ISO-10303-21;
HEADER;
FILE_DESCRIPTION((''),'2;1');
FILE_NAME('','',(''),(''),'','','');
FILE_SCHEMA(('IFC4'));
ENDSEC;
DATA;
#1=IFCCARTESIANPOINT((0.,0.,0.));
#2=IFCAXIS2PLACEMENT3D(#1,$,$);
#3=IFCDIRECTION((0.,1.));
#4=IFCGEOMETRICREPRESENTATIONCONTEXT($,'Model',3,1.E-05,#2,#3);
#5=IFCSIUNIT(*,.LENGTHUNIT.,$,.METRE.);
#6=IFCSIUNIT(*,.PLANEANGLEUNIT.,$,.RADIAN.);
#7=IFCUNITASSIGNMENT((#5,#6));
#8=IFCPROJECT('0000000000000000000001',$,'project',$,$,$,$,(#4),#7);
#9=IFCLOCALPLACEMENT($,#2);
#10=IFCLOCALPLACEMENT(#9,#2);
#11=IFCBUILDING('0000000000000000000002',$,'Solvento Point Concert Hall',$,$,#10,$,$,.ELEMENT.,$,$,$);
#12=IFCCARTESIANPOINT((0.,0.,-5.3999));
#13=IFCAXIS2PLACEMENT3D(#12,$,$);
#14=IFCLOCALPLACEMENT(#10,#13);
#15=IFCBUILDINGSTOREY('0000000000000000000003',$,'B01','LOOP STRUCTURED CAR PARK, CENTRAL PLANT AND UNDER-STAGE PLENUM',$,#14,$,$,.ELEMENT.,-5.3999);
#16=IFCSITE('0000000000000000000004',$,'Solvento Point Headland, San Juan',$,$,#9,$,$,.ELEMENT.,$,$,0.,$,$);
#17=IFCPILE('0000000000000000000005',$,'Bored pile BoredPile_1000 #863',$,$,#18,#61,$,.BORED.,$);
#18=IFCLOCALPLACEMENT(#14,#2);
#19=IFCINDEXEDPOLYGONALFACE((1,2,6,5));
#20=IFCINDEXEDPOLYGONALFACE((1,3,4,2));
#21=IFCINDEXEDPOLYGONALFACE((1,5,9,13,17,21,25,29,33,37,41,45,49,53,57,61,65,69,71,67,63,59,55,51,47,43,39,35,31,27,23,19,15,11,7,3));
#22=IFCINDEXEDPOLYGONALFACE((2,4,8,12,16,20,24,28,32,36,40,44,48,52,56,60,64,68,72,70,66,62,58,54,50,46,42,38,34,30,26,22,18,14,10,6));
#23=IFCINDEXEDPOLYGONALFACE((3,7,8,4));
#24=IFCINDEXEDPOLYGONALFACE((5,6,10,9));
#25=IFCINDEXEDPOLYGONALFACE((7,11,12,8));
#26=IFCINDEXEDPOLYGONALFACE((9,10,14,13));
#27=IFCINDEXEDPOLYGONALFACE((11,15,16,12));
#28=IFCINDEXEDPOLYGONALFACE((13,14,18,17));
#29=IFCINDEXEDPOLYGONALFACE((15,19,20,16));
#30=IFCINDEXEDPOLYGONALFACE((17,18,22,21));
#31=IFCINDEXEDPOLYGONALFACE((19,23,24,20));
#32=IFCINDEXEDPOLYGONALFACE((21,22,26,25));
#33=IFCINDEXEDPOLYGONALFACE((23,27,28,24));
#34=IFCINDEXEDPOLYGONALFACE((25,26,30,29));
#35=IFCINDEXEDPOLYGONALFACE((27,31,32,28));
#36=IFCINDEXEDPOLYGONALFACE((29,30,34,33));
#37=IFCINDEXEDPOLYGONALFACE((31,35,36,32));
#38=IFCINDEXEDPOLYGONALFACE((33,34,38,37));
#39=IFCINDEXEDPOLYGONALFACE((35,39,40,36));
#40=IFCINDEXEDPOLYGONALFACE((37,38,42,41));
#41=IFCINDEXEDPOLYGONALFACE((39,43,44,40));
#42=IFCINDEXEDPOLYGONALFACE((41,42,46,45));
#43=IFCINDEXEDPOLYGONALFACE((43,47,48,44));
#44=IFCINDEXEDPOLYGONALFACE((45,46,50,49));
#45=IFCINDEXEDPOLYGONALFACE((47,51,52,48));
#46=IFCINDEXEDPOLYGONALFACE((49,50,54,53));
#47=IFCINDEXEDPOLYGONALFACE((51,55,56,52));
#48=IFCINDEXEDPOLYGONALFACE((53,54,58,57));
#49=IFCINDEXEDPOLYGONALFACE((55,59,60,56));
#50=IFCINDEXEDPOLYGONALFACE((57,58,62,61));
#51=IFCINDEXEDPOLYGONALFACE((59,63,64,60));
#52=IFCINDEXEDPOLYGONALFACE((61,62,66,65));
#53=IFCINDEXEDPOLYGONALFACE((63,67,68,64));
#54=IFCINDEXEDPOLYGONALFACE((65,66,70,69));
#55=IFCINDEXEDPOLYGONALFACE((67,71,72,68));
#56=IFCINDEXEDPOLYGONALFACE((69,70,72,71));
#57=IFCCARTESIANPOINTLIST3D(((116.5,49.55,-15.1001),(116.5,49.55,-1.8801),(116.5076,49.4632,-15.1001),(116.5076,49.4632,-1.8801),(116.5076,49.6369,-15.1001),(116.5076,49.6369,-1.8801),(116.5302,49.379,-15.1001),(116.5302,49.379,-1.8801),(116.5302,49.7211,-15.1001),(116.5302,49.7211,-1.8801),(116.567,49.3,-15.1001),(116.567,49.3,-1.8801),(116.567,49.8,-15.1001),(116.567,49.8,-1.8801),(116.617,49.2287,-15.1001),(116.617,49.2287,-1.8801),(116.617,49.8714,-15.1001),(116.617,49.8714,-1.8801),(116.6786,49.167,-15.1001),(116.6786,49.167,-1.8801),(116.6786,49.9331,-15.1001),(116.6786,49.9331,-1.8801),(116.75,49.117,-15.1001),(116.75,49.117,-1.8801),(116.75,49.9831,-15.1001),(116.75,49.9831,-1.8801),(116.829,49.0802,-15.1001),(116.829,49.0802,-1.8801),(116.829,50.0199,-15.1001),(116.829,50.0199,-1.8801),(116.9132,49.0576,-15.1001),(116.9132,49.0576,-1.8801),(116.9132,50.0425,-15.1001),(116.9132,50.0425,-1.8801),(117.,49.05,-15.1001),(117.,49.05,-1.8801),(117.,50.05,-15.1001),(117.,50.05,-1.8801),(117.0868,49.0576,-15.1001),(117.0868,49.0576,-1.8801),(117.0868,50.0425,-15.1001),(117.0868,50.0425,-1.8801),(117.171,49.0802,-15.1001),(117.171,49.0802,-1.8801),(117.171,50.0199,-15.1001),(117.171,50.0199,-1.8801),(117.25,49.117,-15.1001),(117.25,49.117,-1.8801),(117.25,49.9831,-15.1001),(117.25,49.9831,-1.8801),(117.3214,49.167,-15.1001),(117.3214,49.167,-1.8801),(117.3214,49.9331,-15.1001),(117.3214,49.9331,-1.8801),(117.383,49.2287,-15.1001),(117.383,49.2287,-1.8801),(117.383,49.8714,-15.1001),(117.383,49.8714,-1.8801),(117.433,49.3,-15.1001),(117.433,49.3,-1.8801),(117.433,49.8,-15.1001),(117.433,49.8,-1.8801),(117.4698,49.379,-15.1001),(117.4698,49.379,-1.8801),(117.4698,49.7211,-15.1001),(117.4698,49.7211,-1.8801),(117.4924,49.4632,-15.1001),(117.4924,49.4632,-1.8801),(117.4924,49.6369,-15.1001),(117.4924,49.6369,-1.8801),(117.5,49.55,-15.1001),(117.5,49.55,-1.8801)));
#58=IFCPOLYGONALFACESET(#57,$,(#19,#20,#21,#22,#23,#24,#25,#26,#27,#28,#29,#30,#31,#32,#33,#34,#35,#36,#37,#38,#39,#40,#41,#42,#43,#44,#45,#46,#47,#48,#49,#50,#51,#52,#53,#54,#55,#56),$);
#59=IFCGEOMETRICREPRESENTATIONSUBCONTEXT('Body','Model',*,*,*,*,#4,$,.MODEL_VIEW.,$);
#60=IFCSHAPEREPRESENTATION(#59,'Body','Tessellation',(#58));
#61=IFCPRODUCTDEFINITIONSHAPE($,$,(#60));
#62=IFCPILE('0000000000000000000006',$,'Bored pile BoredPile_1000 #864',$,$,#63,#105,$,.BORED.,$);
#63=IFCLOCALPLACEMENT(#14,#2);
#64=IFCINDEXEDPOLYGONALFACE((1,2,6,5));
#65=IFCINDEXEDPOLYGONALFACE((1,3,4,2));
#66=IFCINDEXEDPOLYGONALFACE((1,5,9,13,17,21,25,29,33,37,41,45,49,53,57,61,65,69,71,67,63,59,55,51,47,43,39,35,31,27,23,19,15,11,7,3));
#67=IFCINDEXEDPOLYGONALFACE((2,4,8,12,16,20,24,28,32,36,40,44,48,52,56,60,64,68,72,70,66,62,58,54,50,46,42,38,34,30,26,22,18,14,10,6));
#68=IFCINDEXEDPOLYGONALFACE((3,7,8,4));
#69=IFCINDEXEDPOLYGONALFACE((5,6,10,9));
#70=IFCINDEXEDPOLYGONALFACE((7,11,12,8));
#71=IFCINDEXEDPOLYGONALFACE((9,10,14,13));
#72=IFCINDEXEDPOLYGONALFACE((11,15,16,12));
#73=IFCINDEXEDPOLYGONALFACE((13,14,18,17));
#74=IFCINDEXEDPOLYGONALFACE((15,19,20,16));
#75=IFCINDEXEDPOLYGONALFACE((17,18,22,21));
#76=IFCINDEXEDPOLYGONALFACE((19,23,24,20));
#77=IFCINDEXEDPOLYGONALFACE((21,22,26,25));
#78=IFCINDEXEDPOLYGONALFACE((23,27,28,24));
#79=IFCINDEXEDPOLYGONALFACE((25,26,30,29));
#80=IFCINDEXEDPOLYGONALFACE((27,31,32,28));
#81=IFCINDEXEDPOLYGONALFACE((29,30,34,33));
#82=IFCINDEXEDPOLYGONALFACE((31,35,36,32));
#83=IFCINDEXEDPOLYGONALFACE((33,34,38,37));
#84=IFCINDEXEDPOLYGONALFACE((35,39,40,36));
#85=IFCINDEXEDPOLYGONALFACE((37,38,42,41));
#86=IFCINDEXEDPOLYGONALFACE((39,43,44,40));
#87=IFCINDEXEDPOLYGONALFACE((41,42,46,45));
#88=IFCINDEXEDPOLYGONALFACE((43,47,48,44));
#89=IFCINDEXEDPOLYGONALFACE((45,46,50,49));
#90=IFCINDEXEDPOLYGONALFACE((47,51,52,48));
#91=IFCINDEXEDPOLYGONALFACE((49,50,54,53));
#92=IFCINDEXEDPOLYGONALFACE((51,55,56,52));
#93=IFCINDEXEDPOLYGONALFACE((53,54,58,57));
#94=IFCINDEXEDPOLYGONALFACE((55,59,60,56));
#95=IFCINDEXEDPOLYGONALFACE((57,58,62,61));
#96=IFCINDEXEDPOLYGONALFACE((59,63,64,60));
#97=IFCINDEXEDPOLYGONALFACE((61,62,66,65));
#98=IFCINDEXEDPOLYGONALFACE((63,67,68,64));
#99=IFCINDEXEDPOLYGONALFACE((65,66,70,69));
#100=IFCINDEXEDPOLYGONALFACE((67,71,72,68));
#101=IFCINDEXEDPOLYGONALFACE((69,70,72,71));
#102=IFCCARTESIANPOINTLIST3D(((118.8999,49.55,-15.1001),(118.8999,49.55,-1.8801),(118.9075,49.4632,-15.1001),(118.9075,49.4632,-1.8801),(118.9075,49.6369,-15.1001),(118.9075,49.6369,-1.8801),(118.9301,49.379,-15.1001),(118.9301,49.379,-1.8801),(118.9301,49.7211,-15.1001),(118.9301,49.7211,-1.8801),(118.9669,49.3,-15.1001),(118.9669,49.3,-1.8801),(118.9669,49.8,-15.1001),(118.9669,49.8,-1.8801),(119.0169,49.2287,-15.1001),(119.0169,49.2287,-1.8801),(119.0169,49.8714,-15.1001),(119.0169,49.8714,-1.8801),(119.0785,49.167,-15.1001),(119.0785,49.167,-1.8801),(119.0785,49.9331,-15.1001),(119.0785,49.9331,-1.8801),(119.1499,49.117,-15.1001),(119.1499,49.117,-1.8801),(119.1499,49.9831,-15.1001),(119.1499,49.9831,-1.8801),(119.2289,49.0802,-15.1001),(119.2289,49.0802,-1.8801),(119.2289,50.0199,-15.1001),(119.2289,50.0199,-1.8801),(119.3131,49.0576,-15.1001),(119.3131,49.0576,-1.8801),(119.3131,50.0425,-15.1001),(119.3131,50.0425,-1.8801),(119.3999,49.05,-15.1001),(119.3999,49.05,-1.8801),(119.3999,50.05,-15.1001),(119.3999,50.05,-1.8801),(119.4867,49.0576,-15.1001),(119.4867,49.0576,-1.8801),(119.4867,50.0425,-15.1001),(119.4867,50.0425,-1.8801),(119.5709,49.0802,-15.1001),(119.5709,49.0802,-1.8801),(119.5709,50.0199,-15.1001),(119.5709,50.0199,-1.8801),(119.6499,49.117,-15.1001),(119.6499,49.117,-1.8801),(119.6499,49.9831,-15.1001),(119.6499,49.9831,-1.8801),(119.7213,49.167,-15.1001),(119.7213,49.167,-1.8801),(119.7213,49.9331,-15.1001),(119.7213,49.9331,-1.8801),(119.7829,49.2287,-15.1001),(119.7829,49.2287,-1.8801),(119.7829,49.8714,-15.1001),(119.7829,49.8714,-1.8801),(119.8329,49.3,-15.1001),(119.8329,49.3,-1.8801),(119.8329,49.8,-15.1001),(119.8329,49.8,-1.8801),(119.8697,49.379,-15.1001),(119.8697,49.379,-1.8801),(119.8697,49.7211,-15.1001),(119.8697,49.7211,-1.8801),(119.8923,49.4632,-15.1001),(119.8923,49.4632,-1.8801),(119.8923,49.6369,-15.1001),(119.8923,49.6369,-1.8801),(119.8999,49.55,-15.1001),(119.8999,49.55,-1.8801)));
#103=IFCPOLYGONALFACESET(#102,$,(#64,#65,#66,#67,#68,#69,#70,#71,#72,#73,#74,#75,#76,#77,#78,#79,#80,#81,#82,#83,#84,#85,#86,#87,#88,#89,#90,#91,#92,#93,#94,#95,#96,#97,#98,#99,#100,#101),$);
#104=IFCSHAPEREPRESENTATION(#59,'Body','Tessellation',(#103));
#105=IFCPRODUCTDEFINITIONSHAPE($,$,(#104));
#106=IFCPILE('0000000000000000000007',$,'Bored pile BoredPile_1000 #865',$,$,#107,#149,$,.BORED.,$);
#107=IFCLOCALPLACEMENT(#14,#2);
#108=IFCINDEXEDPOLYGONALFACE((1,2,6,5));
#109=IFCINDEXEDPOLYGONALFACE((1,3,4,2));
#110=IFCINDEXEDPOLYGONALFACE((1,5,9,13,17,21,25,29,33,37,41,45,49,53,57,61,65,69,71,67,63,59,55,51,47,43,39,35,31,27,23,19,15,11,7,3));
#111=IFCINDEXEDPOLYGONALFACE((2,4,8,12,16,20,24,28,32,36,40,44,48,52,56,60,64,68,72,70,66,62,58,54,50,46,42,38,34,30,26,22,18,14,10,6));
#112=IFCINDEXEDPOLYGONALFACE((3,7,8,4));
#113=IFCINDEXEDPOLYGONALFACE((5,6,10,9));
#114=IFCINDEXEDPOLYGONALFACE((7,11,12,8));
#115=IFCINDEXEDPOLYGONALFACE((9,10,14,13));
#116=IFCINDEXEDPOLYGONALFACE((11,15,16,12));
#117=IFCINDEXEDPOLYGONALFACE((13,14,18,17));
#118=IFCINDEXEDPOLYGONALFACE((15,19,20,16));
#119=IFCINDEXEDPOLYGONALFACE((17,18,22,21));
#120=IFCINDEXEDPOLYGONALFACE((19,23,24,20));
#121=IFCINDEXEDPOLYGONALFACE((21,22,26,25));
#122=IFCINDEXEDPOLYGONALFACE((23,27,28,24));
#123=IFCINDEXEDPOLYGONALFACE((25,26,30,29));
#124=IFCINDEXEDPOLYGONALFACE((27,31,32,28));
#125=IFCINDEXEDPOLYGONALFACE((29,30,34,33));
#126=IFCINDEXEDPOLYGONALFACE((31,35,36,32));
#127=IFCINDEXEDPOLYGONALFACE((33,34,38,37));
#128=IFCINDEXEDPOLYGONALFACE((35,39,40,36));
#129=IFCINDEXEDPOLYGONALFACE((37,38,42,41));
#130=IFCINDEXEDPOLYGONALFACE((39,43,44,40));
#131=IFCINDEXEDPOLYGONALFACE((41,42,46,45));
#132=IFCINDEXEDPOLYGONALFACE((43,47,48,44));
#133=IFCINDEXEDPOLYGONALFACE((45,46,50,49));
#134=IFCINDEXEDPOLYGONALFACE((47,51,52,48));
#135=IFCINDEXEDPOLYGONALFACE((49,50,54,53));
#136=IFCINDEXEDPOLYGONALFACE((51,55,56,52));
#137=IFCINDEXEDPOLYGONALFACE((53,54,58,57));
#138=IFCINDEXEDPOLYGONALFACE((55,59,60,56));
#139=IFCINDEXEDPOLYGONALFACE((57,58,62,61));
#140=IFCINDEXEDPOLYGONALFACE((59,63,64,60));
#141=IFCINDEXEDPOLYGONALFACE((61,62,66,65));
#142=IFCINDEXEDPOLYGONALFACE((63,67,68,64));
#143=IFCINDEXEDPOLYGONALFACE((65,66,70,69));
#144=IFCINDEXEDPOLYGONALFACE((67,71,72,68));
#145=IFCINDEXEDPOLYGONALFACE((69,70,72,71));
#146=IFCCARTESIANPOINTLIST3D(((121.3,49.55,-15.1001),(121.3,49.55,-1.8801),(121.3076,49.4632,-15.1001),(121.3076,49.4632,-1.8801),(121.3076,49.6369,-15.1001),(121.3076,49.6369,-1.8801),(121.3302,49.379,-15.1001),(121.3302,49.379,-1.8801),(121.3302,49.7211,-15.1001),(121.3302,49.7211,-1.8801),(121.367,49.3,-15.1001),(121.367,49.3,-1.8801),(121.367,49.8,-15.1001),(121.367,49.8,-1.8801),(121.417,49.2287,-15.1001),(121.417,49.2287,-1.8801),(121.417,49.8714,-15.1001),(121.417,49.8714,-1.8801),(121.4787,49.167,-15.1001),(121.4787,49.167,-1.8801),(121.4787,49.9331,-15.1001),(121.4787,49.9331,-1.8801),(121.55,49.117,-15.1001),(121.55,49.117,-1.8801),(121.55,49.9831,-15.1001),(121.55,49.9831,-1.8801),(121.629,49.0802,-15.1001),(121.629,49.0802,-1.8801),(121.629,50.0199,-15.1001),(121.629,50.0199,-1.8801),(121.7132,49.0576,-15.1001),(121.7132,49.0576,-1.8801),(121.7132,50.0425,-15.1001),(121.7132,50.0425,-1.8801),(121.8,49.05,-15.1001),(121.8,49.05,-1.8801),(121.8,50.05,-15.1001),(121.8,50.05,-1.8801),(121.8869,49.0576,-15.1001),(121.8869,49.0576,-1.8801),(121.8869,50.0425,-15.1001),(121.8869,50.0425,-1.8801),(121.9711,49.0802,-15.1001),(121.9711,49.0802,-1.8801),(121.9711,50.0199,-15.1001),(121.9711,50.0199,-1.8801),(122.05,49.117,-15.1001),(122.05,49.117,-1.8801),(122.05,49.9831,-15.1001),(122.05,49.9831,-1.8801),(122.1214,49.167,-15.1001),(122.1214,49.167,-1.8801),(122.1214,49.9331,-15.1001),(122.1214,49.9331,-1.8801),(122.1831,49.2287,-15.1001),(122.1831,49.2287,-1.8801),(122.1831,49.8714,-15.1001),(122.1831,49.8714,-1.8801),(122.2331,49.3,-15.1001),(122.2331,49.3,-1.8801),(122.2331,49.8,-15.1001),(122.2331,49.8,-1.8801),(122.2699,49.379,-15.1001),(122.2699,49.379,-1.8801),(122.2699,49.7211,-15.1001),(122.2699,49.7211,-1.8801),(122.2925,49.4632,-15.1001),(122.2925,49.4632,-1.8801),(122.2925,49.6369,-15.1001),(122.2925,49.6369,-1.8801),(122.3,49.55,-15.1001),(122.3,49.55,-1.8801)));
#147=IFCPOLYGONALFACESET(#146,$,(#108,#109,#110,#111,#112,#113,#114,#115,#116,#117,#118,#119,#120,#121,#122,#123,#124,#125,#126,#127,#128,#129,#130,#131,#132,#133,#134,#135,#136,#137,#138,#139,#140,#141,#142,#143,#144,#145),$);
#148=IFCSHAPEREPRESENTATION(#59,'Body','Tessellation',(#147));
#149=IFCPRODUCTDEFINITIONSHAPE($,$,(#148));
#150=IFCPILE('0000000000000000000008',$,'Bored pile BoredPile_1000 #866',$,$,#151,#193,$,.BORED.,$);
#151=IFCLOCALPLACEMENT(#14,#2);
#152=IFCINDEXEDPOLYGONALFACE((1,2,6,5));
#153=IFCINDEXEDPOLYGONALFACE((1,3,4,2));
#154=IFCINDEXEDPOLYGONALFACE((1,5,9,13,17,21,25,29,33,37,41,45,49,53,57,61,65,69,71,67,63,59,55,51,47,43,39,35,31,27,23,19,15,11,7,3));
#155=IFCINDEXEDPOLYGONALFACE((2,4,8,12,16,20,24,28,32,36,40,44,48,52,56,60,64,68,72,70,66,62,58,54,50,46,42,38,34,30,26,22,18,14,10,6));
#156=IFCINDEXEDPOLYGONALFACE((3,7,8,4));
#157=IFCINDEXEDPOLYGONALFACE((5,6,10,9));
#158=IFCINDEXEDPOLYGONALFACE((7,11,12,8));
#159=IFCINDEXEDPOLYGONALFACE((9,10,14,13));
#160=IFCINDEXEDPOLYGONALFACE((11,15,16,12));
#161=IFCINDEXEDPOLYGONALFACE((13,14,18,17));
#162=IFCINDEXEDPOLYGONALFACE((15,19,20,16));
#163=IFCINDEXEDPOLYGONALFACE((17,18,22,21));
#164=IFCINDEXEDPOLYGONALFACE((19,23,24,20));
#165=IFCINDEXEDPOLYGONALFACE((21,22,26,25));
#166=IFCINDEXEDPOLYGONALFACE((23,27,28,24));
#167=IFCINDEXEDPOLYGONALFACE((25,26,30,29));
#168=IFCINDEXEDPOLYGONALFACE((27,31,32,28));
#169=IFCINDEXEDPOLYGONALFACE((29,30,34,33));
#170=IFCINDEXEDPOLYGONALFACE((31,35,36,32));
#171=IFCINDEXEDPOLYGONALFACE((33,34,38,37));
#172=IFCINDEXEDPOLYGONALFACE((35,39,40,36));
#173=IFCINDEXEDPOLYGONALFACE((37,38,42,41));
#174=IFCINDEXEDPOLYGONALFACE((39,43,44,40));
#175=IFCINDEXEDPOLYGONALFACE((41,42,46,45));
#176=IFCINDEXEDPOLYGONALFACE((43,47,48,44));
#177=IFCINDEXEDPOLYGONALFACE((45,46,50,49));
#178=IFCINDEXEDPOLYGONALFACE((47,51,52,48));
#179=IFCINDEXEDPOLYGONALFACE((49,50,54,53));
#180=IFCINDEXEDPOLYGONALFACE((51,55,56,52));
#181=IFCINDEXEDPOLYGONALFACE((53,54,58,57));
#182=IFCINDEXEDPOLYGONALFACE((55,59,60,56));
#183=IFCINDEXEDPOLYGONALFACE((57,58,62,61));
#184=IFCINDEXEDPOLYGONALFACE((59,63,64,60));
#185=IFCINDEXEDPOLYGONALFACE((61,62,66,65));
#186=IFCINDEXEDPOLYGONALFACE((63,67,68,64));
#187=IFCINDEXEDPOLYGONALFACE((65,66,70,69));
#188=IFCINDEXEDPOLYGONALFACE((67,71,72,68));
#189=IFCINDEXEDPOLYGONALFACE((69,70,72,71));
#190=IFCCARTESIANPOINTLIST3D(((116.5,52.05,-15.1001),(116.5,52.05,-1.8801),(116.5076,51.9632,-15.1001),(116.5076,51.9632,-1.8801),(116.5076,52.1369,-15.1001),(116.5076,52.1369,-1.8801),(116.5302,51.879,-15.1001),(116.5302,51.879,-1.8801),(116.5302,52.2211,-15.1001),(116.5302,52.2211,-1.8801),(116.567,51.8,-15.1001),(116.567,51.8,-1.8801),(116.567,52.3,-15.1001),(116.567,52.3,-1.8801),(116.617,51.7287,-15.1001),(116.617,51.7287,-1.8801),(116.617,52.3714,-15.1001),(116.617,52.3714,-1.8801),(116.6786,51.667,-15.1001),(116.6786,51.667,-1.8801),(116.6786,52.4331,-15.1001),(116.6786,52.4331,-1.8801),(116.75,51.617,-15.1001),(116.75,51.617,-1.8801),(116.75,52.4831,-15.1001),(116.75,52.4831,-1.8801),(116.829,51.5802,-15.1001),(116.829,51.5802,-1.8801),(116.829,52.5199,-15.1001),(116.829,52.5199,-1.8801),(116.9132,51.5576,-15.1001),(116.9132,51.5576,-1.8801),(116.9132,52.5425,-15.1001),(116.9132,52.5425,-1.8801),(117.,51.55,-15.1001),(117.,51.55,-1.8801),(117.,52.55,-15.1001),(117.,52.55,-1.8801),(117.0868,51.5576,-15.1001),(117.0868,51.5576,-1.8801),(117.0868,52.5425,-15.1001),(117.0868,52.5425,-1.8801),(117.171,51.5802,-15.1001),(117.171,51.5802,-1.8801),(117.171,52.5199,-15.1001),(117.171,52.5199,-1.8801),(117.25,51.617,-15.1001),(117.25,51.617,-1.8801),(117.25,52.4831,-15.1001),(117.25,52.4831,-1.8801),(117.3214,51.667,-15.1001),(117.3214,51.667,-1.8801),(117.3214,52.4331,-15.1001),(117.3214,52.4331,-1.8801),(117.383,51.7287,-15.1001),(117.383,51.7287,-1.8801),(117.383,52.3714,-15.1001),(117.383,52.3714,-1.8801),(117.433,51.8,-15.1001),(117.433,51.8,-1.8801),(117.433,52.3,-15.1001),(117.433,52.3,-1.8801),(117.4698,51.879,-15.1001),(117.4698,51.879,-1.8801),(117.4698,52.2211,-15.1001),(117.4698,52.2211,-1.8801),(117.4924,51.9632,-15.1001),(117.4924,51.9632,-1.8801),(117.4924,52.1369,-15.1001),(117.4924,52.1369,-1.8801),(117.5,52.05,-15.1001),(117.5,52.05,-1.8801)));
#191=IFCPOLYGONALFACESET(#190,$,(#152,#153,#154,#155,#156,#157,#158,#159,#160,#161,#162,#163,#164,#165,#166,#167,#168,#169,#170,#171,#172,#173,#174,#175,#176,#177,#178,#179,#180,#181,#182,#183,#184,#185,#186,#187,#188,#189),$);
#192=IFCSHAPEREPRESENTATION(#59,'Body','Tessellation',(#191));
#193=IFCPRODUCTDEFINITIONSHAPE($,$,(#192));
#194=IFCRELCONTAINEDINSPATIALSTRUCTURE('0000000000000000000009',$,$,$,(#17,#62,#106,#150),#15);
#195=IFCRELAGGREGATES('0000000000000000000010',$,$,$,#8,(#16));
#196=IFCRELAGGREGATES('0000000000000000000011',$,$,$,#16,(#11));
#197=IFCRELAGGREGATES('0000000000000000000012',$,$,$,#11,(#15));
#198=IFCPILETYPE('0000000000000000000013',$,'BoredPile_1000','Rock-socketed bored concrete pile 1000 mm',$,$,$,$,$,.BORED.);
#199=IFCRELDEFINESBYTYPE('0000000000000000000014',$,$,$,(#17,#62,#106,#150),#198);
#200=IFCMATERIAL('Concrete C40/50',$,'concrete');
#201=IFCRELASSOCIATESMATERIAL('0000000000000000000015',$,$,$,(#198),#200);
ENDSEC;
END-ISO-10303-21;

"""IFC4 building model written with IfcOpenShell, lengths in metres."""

from ifc_helpers import new_model, si_unit, direction, frame, origin, origin_2d, place, context, subcontext, project, spatial, circle, extrude, material, material_profile, profile_set, type_object, element, save


model = new_model("IFC4")

# Units and contexts
model_context = context("Model", 3, precision=1e-05, world=origin(), true_north=direction((0.0, 1.0)))
body_context = subcontext(model_context, "Body", "Model", "MODEL_VIEW")
ifc_project = project(units=[si_unit("LENGTHUNIT", "METRE"), si_unit("PLANEANGLEUNIT", "RADIAN")], contexts=[model_context])

# Site, building, storey
site_placement = place(None, origin())
site = spatial("IfcSite", under=ifc_project, at=site_placement, Name="Solvento Point Headland, San Juan", CompositionType="ELEMENT", RefElevation=0.0)
building_placement = place(site_placement, origin())
building = spatial("IfcBuilding", under=site, at=building_placement, Name="Solvento Point Concert Hall", CompositionType="ELEMENT")
storey_placement = place(building_placement, frame((0.0, 0.0, -5.3999)))
storey = spatial("IfcBuildingStorey", under=building, at=storey_placement, Name="B01", Description="LOOP STRUCTURED CAR PARK, CENTRAL PLANT AND UNDER-STAGE PLENUM", CompositionType="ELEMENT", Elevation=-5.3999)

# Piles
ifc_material_1 = material(Name="Concrete C40/50", Category="concrete")
ifc_material_profile_1 = material_profile(ifc_material_1, circle(Radius=0.5, at=origin_2d()), Name="BP-1000")
ifc_profile_set_1 = profile_set([ifc_material_profile_1], Name="Concrete C40/50")
pile_type_1 = type_object("IfcPileType", Name="BoredPile_1000", Description="Rock-socketed bored concrete pile 1000 mm", PredefinedType="BORED", material=ifc_profile_set_1)
for number, where, z_axis, x_axis, name in (
    (1, (117.0, 49.55, -1.8801), (0.0, 0.0, -1.0), (1.0, 0.0, 0.0), "Bored pile BoredPile_1000 #863"),
    (2, (119.3999, 49.55, -1.8801), (0.0, 0.0, -1.0), (1.0, 0.0, 0.0), "Bored pile BoredPile_1000 #864"),
    (3, (121.8, 49.55, -1.8801), (0.0, 0.0, -1.0), (1.0, 0.0, 0.0), "Bored pile BoredPile_1000 #865"),
    (4, (117.0, 52.05, -1.8801), (0.0, 0.0, -1.0), (1.0, 0.0, 0.0), "Bored pile BoredPile_1000 #866"),
):
    element("IfcPile", number, at=place(storey_placement, frame(where, z_axis=z_axis, x_axis=x_axis)), inside=storey, type_object=pile_type_1, Name=name, PredefinedType="BORED", context=body_context, shape_type="SweptSolid", body=[
        extrude(circle(Radius=0.5, at=origin_2d()), origin(), (0.0, 0.0, 1.0), 13.22),
    ])

save(model, "model.ifc")
